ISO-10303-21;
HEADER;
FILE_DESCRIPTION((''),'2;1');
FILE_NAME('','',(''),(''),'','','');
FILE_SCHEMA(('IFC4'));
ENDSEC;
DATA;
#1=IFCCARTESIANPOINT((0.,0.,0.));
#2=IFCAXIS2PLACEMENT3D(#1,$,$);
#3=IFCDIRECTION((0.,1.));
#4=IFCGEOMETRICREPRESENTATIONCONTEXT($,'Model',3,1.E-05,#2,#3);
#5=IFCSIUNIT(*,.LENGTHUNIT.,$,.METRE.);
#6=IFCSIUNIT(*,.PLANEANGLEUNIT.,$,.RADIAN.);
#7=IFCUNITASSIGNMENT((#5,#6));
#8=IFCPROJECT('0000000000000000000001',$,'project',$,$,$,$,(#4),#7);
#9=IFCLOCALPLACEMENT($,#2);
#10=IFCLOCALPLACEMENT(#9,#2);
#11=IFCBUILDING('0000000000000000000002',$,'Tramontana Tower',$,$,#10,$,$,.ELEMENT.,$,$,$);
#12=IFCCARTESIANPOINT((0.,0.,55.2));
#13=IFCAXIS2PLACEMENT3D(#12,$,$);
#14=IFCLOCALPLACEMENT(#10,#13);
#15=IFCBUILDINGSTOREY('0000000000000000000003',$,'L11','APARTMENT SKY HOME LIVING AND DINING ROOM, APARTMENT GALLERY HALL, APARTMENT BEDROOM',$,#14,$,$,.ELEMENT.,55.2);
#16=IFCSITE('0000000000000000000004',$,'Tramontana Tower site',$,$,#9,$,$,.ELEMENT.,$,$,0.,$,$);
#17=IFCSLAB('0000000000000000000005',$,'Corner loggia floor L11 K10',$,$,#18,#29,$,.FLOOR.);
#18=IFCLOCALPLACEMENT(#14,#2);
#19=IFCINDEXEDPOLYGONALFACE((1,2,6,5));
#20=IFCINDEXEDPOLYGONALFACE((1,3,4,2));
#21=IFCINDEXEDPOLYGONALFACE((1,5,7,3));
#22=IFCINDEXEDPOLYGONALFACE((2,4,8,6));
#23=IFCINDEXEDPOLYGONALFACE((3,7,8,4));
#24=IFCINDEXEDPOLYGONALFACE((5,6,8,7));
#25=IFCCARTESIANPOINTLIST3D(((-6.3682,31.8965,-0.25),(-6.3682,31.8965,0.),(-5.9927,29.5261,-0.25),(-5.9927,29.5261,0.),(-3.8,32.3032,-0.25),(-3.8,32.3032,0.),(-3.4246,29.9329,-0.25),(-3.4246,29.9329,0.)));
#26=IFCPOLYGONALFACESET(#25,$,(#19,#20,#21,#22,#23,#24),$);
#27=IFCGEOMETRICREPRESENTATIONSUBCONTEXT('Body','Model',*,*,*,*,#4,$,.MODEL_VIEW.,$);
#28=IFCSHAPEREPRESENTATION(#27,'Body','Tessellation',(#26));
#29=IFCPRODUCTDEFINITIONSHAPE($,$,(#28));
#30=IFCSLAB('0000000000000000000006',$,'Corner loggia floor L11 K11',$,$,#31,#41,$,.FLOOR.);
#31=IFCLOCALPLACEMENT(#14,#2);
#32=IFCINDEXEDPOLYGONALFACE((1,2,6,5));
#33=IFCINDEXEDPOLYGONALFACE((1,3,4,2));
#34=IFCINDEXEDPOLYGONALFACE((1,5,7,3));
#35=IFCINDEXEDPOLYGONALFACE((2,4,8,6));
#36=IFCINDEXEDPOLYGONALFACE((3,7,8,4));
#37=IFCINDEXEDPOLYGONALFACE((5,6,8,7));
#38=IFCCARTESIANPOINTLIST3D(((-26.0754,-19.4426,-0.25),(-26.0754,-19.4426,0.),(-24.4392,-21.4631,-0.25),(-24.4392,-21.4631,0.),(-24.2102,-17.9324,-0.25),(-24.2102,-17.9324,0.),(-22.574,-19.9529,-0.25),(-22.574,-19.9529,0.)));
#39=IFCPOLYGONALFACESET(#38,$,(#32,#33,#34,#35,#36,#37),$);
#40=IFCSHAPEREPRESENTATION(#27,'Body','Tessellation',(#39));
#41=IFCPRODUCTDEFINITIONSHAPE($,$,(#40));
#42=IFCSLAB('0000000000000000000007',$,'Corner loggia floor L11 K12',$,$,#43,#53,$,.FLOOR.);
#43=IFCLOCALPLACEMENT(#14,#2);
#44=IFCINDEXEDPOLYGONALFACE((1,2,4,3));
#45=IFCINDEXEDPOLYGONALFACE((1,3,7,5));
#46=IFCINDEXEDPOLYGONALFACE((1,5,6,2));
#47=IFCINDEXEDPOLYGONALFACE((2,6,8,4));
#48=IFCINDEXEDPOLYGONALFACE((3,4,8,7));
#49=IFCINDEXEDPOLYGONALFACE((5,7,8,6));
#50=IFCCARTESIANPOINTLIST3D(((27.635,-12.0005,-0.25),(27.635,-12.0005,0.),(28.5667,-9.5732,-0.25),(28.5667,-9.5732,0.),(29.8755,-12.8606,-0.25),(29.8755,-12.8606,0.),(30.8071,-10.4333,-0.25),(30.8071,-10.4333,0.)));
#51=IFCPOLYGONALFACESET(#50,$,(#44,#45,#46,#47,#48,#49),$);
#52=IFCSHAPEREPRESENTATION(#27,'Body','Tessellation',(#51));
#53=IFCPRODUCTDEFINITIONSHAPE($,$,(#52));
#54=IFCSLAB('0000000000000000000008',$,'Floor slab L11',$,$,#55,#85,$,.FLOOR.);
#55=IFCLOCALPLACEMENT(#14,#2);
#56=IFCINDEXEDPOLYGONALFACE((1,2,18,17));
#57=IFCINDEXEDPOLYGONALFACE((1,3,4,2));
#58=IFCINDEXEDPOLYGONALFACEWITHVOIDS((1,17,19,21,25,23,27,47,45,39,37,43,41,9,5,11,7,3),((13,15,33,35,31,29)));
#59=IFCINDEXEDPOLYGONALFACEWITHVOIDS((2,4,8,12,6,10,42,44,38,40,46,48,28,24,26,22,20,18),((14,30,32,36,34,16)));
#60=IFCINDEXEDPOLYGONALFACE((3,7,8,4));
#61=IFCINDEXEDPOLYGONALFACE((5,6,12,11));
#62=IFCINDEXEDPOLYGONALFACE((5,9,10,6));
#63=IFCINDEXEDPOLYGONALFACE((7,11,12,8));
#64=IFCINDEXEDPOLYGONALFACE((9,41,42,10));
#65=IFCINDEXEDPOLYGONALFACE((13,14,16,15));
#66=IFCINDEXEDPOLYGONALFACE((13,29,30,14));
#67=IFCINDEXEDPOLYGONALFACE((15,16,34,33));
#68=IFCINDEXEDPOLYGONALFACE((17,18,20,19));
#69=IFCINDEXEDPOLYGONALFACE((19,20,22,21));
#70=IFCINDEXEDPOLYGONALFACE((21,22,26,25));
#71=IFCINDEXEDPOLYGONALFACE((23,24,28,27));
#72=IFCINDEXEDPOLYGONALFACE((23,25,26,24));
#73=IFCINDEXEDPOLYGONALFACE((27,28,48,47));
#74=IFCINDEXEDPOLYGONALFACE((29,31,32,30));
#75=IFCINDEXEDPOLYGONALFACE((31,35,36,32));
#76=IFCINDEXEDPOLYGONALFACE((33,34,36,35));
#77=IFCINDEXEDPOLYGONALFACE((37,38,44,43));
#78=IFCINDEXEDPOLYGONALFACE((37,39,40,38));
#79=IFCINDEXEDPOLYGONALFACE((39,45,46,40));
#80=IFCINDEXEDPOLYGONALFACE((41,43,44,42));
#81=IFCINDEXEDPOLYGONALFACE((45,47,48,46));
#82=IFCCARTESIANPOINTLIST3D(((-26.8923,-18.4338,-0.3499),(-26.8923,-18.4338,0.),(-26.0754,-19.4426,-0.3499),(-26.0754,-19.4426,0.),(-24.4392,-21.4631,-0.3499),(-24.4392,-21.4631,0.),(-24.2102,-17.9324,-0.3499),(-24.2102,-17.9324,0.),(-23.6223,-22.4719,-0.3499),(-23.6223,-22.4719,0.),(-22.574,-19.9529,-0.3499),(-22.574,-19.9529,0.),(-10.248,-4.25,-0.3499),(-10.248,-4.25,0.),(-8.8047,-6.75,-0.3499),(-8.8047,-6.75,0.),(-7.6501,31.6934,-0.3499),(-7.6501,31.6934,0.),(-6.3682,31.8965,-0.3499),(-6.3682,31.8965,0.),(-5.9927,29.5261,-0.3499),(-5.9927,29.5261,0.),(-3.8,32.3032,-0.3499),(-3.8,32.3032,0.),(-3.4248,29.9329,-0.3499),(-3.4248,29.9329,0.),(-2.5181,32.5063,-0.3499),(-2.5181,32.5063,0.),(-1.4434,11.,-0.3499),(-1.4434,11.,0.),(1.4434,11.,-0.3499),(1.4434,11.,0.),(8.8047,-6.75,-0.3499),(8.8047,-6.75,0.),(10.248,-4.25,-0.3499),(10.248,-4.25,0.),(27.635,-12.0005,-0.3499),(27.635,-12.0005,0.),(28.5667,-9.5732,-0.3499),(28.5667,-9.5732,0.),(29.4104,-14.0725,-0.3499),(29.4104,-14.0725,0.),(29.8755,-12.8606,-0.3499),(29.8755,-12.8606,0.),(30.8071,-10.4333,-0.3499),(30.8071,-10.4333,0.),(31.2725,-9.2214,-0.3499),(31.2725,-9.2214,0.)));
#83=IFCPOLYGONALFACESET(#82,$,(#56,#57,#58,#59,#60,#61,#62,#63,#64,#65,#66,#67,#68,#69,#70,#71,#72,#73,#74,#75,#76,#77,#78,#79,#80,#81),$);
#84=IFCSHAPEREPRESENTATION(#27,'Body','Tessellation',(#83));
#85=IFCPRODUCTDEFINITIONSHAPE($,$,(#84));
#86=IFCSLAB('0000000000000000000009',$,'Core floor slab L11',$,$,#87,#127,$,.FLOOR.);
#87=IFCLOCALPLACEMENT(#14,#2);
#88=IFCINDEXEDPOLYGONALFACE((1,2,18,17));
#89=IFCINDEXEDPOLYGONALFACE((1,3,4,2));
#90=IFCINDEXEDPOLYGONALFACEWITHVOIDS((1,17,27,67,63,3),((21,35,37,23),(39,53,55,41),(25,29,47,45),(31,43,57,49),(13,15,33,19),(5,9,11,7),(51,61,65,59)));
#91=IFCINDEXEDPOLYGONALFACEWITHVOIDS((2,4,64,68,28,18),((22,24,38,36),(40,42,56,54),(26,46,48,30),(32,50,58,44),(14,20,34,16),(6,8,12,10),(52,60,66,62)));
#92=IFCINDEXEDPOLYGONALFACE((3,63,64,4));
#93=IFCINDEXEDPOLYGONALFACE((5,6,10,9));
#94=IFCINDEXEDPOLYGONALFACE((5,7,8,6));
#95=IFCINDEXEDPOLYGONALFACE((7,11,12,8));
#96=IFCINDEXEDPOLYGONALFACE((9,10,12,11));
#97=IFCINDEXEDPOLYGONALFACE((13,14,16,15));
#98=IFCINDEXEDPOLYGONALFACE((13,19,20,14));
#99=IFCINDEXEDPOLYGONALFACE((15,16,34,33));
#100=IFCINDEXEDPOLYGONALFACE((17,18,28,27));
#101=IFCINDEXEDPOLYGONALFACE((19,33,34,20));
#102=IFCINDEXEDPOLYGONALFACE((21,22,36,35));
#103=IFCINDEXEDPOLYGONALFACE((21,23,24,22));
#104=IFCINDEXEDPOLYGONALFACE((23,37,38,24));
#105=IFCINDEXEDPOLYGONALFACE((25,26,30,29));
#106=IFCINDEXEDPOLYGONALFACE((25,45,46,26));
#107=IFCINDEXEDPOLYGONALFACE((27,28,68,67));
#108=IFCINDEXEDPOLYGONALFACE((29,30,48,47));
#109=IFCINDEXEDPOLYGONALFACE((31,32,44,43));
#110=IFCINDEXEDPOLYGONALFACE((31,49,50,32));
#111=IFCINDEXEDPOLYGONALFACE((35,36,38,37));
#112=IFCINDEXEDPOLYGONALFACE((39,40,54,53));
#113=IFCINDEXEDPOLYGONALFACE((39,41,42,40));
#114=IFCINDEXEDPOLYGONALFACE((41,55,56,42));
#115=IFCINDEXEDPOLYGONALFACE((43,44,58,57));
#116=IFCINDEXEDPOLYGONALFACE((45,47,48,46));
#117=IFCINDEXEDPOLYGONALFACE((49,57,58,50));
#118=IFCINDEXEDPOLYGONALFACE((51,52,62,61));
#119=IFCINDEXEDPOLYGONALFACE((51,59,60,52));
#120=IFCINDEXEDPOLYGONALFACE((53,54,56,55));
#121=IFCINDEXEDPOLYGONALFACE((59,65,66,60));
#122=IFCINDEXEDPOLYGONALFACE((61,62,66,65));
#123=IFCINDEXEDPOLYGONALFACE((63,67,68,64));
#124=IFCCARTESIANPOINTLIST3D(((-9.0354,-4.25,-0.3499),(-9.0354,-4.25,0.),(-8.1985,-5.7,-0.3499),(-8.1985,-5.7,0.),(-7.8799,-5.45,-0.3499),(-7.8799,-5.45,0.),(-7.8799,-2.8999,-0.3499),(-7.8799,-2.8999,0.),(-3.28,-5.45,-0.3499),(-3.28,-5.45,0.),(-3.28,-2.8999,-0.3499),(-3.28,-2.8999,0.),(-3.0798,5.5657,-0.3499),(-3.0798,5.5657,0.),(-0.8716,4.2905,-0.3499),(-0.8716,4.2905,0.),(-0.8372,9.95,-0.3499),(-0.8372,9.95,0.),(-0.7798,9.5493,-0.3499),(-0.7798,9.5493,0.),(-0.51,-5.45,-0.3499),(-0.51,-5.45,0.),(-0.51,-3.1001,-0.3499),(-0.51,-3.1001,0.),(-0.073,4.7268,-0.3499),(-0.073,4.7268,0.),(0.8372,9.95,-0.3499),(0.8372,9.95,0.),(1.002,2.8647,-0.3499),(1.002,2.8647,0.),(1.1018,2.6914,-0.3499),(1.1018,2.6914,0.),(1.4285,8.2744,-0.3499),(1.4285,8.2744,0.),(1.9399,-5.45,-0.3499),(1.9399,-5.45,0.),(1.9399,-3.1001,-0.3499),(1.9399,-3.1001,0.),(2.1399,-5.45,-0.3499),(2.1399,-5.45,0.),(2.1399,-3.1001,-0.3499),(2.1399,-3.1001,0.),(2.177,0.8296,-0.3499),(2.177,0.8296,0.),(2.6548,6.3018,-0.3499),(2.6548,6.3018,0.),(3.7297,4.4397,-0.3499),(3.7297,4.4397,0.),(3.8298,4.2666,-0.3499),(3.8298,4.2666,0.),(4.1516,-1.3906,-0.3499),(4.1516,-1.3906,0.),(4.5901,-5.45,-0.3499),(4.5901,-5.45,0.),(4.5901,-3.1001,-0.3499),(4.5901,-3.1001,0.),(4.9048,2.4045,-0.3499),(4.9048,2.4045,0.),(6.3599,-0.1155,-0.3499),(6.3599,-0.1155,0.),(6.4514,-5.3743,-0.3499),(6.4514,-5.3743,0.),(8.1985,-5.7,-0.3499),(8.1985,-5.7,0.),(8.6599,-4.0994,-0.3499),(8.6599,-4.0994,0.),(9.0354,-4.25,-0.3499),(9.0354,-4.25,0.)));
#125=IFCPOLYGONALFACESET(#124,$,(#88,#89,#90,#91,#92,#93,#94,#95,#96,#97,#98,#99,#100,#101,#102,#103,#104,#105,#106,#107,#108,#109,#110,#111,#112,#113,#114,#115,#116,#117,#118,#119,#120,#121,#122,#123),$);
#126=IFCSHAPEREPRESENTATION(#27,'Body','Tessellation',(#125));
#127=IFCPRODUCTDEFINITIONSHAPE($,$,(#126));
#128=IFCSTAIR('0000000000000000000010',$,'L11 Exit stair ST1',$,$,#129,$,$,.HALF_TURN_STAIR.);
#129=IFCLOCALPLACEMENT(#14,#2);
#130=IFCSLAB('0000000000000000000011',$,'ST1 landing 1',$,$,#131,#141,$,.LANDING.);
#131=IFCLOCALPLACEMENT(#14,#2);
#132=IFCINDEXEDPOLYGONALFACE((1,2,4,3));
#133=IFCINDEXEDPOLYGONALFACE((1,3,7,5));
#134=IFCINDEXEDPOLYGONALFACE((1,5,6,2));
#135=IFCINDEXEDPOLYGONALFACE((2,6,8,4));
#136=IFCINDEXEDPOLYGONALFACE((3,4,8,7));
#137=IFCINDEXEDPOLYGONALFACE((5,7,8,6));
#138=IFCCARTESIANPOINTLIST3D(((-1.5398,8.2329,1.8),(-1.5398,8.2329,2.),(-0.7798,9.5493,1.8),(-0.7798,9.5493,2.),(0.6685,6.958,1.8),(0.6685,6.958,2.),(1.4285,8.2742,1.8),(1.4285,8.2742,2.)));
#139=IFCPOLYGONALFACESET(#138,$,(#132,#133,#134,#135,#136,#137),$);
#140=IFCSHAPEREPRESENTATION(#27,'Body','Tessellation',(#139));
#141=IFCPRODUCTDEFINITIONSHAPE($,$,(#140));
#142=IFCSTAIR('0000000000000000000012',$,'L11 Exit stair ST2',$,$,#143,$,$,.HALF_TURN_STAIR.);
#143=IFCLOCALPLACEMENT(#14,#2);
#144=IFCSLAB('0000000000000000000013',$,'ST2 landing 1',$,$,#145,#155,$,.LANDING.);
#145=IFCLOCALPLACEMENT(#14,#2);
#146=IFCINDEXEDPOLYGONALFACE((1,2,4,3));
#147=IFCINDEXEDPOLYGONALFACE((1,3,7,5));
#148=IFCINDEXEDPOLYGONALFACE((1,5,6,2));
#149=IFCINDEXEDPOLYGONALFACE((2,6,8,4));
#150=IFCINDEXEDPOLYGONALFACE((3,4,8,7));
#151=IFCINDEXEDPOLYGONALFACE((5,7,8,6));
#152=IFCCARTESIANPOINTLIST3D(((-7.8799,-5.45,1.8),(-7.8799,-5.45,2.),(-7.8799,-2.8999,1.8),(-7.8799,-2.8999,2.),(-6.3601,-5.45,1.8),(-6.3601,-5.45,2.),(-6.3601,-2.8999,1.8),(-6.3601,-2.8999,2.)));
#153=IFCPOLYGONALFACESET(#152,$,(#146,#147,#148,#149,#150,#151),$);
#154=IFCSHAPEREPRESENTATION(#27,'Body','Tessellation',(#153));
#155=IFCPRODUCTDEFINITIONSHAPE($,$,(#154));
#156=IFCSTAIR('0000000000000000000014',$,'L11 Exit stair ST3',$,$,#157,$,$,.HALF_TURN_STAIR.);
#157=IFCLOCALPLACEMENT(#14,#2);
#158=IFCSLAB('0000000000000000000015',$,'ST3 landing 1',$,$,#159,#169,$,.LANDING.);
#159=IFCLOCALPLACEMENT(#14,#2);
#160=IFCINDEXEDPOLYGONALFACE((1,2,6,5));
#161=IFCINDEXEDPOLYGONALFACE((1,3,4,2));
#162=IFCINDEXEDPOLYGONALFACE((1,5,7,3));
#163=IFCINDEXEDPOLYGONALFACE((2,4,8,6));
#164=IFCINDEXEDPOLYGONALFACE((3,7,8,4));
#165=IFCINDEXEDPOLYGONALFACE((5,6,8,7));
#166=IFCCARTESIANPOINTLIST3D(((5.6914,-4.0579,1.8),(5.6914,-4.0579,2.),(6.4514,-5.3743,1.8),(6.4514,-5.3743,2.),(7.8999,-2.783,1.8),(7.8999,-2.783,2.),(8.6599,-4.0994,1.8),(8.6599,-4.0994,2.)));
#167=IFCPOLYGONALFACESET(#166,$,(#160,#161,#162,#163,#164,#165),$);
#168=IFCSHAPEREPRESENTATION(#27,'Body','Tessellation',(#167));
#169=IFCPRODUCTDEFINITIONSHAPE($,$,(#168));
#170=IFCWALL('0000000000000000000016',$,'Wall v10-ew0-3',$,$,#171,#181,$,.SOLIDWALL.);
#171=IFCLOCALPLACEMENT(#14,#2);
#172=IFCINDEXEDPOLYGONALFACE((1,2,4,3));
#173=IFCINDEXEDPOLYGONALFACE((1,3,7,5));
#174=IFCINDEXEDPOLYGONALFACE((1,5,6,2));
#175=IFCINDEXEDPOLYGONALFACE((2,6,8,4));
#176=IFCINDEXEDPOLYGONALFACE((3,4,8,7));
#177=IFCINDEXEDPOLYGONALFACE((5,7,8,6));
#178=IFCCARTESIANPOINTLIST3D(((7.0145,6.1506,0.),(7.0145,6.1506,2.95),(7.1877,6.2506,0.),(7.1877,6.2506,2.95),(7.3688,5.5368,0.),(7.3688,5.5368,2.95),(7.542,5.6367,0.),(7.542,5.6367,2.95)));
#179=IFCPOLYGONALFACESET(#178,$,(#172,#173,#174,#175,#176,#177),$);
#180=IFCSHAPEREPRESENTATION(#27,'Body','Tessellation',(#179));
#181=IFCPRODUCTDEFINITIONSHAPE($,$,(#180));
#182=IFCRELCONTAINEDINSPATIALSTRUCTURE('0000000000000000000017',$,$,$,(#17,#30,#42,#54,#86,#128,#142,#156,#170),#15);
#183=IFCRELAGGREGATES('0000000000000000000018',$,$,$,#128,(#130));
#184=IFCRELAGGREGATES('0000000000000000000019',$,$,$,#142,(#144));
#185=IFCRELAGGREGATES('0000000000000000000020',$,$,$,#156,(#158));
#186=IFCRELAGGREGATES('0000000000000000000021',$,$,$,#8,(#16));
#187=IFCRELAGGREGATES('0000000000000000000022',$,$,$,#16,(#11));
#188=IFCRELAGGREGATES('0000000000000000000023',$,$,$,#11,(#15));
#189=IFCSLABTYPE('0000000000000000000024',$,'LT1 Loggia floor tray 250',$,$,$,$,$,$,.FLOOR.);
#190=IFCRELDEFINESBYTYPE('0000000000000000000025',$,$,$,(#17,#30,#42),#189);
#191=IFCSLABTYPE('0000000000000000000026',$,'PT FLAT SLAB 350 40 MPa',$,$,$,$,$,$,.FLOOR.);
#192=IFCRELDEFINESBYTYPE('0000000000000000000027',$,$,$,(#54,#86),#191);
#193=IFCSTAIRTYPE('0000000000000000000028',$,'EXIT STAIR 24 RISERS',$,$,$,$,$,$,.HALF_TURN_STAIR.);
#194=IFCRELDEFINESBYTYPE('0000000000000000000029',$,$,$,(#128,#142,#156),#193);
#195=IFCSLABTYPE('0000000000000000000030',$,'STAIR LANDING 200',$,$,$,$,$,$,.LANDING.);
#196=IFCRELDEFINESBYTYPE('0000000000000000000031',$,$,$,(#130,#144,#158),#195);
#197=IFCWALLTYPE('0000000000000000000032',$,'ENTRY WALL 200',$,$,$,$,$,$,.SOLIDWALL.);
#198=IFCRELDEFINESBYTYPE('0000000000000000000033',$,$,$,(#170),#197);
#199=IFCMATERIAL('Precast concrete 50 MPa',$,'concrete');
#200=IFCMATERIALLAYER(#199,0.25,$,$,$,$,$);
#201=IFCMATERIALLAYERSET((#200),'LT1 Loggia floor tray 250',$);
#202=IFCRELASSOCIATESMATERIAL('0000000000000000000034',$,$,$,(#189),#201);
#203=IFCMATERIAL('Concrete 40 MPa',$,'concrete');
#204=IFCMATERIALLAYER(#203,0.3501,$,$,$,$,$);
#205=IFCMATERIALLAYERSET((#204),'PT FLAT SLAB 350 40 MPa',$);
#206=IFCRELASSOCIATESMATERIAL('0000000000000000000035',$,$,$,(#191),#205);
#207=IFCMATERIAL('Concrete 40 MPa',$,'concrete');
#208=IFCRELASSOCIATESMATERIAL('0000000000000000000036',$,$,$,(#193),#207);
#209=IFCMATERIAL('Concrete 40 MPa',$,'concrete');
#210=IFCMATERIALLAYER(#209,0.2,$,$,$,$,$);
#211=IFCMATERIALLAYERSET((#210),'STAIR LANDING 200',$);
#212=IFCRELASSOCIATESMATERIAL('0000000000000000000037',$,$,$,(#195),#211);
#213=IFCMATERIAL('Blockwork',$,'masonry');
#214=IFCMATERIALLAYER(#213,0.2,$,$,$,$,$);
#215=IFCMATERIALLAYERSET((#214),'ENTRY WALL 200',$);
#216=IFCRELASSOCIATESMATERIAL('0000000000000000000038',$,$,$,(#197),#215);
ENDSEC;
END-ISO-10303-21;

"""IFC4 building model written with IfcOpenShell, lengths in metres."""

from ifc_helpers import new_model, si_unit, direction, frame, frame_2d, origin, place, context, subcontext, project, spatial, polyline, rectangle, outline, extrude, material, layer, layer_set, type_object, element, aggregate, save


model = new_model("IFC4")

# Units and contexts
model_context = context("Model", 3, precision=1e-05, world=origin(), true_north=direction((0.0, 1.0)))
body_context = subcontext(model_context, "Body", "Model", "MODEL_VIEW")
ifc_project = project(units=[si_unit("LENGTHUNIT", "METRE"), si_unit("PLANEANGLEUNIT", "RADIAN")], contexts=[model_context])

# Site, building, storey
site_placement = place(None, origin())
site = spatial("IfcSite", under=ifc_project, at=site_placement, Name="Tramontana Tower site", CompositionType="ELEMENT", RefElevation=0.0)
building_placement = place(site_placement, origin())
building = spatial("IfcBuilding", under=site, at=building_placement, Name="Tramontana Tower", CompositionType="ELEMENT")
storey_placement = place(building_placement, frame((0.0, 0.0, 55.2)))
storey = spatial("IfcBuildingStorey", under=building, at=storey_placement, Name="L11", Description="APARTMENT SKY HOME LIVING AND DINING ROOM, APARTMENT GALLERY HALL, APARTMENT BEDROOM", CompositionType="ELEMENT", Elevation=55.2)

# Slabs
ifc_material_1 = material(Name="Precast concrete 50 MPa", Category="concrete")
ifc_layer_1 = layer(ifc_material_1, 0.25)
ifc_layer_set_1 = layer_set([ifc_layer_1], Name="LT1 Loggia floor tray 250")
slab_type_1 = type_object("IfcSlabType", Name="LT1 Loggia floor tray 250", PredefinedType="FLOOR", material=ifc_layer_set_1)
slab_1_placement = place(storey_placement, frame((0.0, 0.0, -0.25)))
element("IfcSlab", 1, at=slab_1_placement, inside=storey, type_object=slab_type_1, Name="Corner loggia floor L11 K10", PredefinedType="FLOOR", context=body_context, shape_type="SweptSolid", body=[
    extrude(outline(polyline([(-3.8, 32.3032), (-3.4246, 29.9329), (-5.9927, 29.5261), (-6.3682, 31.8965), (-3.8, 32.3032)])), origin(), (0.0, 0.0, 1.0), 0.25),
])
slab_2_placement = place(storey_placement, frame((0.0, 0.0, -0.25)))
element("IfcSlab", 2, at=slab_2_placement, inside=storey, type_object=slab_type_1, Name="Corner loggia floor L11 K11", PredefinedType="FLOOR", context=body_context, shape_type="SweptSolid", body=[
    extrude(outline(polyline([(-26.0754, -19.4426), (-24.2102, -17.9324), (-22.574, -19.9529), (-24.4392, -21.4631), (-26.0754, -19.4426)])), origin(), (0.0, 0.0, 1.0), 0.25),
])
slab_3_placement = place(storey_placement, frame((0.0, 0.0, -0.25)))
element("IfcSlab", 3, at=slab_3_placement, inside=storey, type_object=slab_type_1, Name="Corner loggia floor L11 K12", PredefinedType="FLOOR", context=body_context, shape_type="SweptSolid", body=[
    extrude(outline(polyline([(29.8755, -12.8606), (27.635, -12.0005), (28.5667, -9.5732), (30.8071, -10.4333), (29.8755, -12.8606)])), origin(), (0.0, 0.0, 1.0), 0.25),
])
ifc_material_2 = material(Name="Concrete 40 MPa", Category="concrete")
ifc_layer_2 = layer(ifc_material_2, 0.3501)
ifc_layer_set_2 = layer_set([ifc_layer_2], Name="PT FLAT SLAB 350 40 MPa")
slab_type_2 = type_object("IfcSlabType", Name="PT FLAT SLAB 350 40 MPa", PredefinedType="FLOOR", material=ifc_layer_set_2)
slab_4_placement = place(storey_placement, frame((0.0, 0.0, -0.3499)))
element("IfcSlab", 4, at=slab_4_placement, inside=storey, type_object=slab_type_2, Name="Floor slab L11", PredefinedType="FLOOR", context=body_context, shape_type="SweptSolid", body=[
    extrude(outline(polyline([(30.8071, -10.4333), (28.5667, -9.5732), (27.635, -12.0005), (29.8755, -12.8606), (29.4104, -14.0725), (-23.6223, -22.4719), (-24.4392, -21.4631), (-22.574, -19.9529), (-24.2102, -17.9324), (-26.0754, -19.4426), (-26.8923, -18.4338), (-7.6501, 31.6934), (-6.3682, 31.8965), (-5.9927, 29.5261), (-3.4248, 29.9329), (-3.8, 32.3032), (-2.5181, 32.5063), (31.2725, -9.2214), (30.8071, -10.4333)]), holes=[polyline([(-10.248, -4.25), (-8.8047, -6.75), (8.8047, -6.75), (10.248, -4.25), (1.4434, 11.0), (-1.4434, 11.0), (-10.248, -4.25)])]), origin(), (0.0, 0.0, 1.0), 0.3499),
])
slab_5_placement = place(storey_placement, frame((0.0, 0.0, -0.3499)))
element("IfcSlab", 5, at=slab_5_placement, inside=storey, type_object=slab_type_2, Name="Core floor slab L11", PredefinedType="FLOOR", context=body_context, shape_type="SweptSolid", body=[
    extrude(outline(polyline([(9.0354, -4.25), (8.1985, -5.7), (-8.1985, -5.7), (-9.0354, -4.25), (-0.8372, 9.95), (0.8372, 9.95), (9.0354, -4.25)]), holes=[polyline([(8.6599, -4.0994), (6.3599, -0.1155), (4.1516, -1.3906), (6.4514, -5.3743), (8.6599, -4.0994)]), polyline([(3.8298, 4.2666), (1.1018, 2.6914), (2.177, 0.8296), (4.9048, 2.4045), (3.8298, 4.2666)]), polyline([(4.5901, -3.1001), (2.1399, -3.1001), (2.1399, -5.45), (4.5901, -5.45), (4.5901, -3.1001)]), polyline([(2.6548, 6.3018), (-0.073, 4.7268), (1.002, 2.8647), (3.7297, 4.4397), (2.6548, 6.3018)]), polyline([(1.9399, -5.45), (1.9399, -3.1001), (-0.51, -3.1001), (-0.51, -5.45), (1.9399, -5.45)]), polyline([(-0.7798, 9.5493), (-3.0798, 5.5657), (-0.8716, 4.2905), (1.4285, 8.2744), (-0.7798, 9.5493)]), polyline([(-7.8799, -5.45), (-3.28, -5.45), (-3.28, -2.8999), (-7.8799, -2.8999), (-7.8799, -5.45)])]), origin(), (0.0, 0.0, 1.0), 0.3499),
])

# Stairs, slabs
ifc_material_3 = material(Name="Concrete 40 MPa", Category="concrete")
stair_type = type_object("IfcStairType", Name="EXIT STAIR 24 RISERS", PredefinedType="HALF_TURN_STAIR", material=ifc_material_3)
stair_1_placement = place(storey_placement, origin())
stair_1 = element("IfcStair", 6, at=stair_1_placement, inside=storey, type_object=stair_type, Name="L11 Exit stair ST1", PredefinedType="HALF_TURN_STAIR")
ifc_material_4 = material(Name="Concrete 40 MPa", Category="concrete")
ifc_layer_3 = layer(ifc_material_4, 0.2)
ifc_layer_set_3 = layer_set([ifc_layer_3], Name="STAIR LANDING 200")
slab_type_3 = type_object("IfcSlabType", Name="STAIR LANDING 200", PredefinedType="LANDING", material=ifc_layer_set_3)
slab_6_placement = place(storey_placement, frame((0.0, 0.0, 1.8)))
slab_6 = element("IfcSlab", 7, at=slab_6_placement, type_object=slab_type_3, Name="ST1 landing 1", PredefinedType="LANDING", context=body_context, shape_type="SweptSolid", body=[
    extrude(outline(polyline([(0.6685, 6.958), (1.4285, 8.2742), (-0.7798, 9.5493), (-1.5398, 8.2329), (0.6685, 6.958)])), origin(), (0.0, 0.0, 1.0), 0.2),
])
aggregate(stair_1, [slab_6])
stair_2_placement = place(storey_placement, origin())
stair_2 = element("IfcStair", 8, at=stair_2_placement, inside=storey, type_object=stair_type, Name="L11 Exit stair ST2", PredefinedType="HALF_TURN_STAIR")
slab_7_placement = place(storey_placement, frame((0.0, 0.0, 1.8)))
slab_7 = element("IfcSlab", 9, at=slab_7_placement, type_object=slab_type_3, Name="ST2 landing 1", PredefinedType="LANDING", context=body_context, shape_type="SweptSolid", body=[
    extrude(outline(polyline([(-6.3601, -2.8999), (-7.8799, -2.8999), (-7.8799, -5.45), (-6.3601, -5.45), (-6.3601, -2.8999)])), origin(), (0.0, 0.0, 1.0), 0.2),
])
aggregate(stair_2, [slab_7])
stair_3_placement = place(storey_placement, origin())
stair_3 = element("IfcStair", 10, at=stair_3_placement, inside=storey, type_object=stair_type, Name="L11 Exit stair ST3", PredefinedType="HALF_TURN_STAIR")
slab_8_placement = place(storey_placement, frame((0.0, 0.0, 1.8)))
slab_8 = element("IfcSlab", 11, at=slab_8_placement, type_object=slab_type_3, Name="ST3 landing 1", PredefinedType="LANDING", context=body_context, shape_type="SweptSolid", body=[
    extrude(outline(polyline([(5.6914, -4.0579), (6.4514, -5.3743), (8.6599, -4.0994), (7.8999, -2.783), (5.6914, -4.0579)])), origin(), (0.0, 0.0, 1.0), 0.2),
])

# Wall
ifc_material_5 = material(Name="Blockwork", Category="masonry")
ifc_layer_4 = layer(ifc_material_5, 0.2)
ifc_layer_set_4 = layer_set([ifc_layer_4], Name="ENTRY WALL 200")
wall_type_1 = type_object("IfcWallType", Name="ENTRY WALL 200", PredefinedType="SOLIDWALL", material=ifc_layer_set_4)
wall_1_placement = place(storey_placement, frame((7.1011, 6.2007, 0.0), z_axis=(0.0, 0.0, 1.0), x_axis=(0.499882, -0.866094, 0.0)))
element("IfcWall", 12, at=wall_1_placement, inside=storey, type_object=wall_type_1, Name="Wall v10-ew0-3", PredefinedType="SOLIDWALL", context=body_context, shape_type="SweptSolid", body=[
    extrude(rectangle(XDim=0.7087, YDim=0.2, at=frame_2d((0.3545, 0.0))), origin(), (0.0, 0.0, 1.0), 2.95),
])

aggregate(stair_3, [slab_8])

save(model, "model.ifc")
